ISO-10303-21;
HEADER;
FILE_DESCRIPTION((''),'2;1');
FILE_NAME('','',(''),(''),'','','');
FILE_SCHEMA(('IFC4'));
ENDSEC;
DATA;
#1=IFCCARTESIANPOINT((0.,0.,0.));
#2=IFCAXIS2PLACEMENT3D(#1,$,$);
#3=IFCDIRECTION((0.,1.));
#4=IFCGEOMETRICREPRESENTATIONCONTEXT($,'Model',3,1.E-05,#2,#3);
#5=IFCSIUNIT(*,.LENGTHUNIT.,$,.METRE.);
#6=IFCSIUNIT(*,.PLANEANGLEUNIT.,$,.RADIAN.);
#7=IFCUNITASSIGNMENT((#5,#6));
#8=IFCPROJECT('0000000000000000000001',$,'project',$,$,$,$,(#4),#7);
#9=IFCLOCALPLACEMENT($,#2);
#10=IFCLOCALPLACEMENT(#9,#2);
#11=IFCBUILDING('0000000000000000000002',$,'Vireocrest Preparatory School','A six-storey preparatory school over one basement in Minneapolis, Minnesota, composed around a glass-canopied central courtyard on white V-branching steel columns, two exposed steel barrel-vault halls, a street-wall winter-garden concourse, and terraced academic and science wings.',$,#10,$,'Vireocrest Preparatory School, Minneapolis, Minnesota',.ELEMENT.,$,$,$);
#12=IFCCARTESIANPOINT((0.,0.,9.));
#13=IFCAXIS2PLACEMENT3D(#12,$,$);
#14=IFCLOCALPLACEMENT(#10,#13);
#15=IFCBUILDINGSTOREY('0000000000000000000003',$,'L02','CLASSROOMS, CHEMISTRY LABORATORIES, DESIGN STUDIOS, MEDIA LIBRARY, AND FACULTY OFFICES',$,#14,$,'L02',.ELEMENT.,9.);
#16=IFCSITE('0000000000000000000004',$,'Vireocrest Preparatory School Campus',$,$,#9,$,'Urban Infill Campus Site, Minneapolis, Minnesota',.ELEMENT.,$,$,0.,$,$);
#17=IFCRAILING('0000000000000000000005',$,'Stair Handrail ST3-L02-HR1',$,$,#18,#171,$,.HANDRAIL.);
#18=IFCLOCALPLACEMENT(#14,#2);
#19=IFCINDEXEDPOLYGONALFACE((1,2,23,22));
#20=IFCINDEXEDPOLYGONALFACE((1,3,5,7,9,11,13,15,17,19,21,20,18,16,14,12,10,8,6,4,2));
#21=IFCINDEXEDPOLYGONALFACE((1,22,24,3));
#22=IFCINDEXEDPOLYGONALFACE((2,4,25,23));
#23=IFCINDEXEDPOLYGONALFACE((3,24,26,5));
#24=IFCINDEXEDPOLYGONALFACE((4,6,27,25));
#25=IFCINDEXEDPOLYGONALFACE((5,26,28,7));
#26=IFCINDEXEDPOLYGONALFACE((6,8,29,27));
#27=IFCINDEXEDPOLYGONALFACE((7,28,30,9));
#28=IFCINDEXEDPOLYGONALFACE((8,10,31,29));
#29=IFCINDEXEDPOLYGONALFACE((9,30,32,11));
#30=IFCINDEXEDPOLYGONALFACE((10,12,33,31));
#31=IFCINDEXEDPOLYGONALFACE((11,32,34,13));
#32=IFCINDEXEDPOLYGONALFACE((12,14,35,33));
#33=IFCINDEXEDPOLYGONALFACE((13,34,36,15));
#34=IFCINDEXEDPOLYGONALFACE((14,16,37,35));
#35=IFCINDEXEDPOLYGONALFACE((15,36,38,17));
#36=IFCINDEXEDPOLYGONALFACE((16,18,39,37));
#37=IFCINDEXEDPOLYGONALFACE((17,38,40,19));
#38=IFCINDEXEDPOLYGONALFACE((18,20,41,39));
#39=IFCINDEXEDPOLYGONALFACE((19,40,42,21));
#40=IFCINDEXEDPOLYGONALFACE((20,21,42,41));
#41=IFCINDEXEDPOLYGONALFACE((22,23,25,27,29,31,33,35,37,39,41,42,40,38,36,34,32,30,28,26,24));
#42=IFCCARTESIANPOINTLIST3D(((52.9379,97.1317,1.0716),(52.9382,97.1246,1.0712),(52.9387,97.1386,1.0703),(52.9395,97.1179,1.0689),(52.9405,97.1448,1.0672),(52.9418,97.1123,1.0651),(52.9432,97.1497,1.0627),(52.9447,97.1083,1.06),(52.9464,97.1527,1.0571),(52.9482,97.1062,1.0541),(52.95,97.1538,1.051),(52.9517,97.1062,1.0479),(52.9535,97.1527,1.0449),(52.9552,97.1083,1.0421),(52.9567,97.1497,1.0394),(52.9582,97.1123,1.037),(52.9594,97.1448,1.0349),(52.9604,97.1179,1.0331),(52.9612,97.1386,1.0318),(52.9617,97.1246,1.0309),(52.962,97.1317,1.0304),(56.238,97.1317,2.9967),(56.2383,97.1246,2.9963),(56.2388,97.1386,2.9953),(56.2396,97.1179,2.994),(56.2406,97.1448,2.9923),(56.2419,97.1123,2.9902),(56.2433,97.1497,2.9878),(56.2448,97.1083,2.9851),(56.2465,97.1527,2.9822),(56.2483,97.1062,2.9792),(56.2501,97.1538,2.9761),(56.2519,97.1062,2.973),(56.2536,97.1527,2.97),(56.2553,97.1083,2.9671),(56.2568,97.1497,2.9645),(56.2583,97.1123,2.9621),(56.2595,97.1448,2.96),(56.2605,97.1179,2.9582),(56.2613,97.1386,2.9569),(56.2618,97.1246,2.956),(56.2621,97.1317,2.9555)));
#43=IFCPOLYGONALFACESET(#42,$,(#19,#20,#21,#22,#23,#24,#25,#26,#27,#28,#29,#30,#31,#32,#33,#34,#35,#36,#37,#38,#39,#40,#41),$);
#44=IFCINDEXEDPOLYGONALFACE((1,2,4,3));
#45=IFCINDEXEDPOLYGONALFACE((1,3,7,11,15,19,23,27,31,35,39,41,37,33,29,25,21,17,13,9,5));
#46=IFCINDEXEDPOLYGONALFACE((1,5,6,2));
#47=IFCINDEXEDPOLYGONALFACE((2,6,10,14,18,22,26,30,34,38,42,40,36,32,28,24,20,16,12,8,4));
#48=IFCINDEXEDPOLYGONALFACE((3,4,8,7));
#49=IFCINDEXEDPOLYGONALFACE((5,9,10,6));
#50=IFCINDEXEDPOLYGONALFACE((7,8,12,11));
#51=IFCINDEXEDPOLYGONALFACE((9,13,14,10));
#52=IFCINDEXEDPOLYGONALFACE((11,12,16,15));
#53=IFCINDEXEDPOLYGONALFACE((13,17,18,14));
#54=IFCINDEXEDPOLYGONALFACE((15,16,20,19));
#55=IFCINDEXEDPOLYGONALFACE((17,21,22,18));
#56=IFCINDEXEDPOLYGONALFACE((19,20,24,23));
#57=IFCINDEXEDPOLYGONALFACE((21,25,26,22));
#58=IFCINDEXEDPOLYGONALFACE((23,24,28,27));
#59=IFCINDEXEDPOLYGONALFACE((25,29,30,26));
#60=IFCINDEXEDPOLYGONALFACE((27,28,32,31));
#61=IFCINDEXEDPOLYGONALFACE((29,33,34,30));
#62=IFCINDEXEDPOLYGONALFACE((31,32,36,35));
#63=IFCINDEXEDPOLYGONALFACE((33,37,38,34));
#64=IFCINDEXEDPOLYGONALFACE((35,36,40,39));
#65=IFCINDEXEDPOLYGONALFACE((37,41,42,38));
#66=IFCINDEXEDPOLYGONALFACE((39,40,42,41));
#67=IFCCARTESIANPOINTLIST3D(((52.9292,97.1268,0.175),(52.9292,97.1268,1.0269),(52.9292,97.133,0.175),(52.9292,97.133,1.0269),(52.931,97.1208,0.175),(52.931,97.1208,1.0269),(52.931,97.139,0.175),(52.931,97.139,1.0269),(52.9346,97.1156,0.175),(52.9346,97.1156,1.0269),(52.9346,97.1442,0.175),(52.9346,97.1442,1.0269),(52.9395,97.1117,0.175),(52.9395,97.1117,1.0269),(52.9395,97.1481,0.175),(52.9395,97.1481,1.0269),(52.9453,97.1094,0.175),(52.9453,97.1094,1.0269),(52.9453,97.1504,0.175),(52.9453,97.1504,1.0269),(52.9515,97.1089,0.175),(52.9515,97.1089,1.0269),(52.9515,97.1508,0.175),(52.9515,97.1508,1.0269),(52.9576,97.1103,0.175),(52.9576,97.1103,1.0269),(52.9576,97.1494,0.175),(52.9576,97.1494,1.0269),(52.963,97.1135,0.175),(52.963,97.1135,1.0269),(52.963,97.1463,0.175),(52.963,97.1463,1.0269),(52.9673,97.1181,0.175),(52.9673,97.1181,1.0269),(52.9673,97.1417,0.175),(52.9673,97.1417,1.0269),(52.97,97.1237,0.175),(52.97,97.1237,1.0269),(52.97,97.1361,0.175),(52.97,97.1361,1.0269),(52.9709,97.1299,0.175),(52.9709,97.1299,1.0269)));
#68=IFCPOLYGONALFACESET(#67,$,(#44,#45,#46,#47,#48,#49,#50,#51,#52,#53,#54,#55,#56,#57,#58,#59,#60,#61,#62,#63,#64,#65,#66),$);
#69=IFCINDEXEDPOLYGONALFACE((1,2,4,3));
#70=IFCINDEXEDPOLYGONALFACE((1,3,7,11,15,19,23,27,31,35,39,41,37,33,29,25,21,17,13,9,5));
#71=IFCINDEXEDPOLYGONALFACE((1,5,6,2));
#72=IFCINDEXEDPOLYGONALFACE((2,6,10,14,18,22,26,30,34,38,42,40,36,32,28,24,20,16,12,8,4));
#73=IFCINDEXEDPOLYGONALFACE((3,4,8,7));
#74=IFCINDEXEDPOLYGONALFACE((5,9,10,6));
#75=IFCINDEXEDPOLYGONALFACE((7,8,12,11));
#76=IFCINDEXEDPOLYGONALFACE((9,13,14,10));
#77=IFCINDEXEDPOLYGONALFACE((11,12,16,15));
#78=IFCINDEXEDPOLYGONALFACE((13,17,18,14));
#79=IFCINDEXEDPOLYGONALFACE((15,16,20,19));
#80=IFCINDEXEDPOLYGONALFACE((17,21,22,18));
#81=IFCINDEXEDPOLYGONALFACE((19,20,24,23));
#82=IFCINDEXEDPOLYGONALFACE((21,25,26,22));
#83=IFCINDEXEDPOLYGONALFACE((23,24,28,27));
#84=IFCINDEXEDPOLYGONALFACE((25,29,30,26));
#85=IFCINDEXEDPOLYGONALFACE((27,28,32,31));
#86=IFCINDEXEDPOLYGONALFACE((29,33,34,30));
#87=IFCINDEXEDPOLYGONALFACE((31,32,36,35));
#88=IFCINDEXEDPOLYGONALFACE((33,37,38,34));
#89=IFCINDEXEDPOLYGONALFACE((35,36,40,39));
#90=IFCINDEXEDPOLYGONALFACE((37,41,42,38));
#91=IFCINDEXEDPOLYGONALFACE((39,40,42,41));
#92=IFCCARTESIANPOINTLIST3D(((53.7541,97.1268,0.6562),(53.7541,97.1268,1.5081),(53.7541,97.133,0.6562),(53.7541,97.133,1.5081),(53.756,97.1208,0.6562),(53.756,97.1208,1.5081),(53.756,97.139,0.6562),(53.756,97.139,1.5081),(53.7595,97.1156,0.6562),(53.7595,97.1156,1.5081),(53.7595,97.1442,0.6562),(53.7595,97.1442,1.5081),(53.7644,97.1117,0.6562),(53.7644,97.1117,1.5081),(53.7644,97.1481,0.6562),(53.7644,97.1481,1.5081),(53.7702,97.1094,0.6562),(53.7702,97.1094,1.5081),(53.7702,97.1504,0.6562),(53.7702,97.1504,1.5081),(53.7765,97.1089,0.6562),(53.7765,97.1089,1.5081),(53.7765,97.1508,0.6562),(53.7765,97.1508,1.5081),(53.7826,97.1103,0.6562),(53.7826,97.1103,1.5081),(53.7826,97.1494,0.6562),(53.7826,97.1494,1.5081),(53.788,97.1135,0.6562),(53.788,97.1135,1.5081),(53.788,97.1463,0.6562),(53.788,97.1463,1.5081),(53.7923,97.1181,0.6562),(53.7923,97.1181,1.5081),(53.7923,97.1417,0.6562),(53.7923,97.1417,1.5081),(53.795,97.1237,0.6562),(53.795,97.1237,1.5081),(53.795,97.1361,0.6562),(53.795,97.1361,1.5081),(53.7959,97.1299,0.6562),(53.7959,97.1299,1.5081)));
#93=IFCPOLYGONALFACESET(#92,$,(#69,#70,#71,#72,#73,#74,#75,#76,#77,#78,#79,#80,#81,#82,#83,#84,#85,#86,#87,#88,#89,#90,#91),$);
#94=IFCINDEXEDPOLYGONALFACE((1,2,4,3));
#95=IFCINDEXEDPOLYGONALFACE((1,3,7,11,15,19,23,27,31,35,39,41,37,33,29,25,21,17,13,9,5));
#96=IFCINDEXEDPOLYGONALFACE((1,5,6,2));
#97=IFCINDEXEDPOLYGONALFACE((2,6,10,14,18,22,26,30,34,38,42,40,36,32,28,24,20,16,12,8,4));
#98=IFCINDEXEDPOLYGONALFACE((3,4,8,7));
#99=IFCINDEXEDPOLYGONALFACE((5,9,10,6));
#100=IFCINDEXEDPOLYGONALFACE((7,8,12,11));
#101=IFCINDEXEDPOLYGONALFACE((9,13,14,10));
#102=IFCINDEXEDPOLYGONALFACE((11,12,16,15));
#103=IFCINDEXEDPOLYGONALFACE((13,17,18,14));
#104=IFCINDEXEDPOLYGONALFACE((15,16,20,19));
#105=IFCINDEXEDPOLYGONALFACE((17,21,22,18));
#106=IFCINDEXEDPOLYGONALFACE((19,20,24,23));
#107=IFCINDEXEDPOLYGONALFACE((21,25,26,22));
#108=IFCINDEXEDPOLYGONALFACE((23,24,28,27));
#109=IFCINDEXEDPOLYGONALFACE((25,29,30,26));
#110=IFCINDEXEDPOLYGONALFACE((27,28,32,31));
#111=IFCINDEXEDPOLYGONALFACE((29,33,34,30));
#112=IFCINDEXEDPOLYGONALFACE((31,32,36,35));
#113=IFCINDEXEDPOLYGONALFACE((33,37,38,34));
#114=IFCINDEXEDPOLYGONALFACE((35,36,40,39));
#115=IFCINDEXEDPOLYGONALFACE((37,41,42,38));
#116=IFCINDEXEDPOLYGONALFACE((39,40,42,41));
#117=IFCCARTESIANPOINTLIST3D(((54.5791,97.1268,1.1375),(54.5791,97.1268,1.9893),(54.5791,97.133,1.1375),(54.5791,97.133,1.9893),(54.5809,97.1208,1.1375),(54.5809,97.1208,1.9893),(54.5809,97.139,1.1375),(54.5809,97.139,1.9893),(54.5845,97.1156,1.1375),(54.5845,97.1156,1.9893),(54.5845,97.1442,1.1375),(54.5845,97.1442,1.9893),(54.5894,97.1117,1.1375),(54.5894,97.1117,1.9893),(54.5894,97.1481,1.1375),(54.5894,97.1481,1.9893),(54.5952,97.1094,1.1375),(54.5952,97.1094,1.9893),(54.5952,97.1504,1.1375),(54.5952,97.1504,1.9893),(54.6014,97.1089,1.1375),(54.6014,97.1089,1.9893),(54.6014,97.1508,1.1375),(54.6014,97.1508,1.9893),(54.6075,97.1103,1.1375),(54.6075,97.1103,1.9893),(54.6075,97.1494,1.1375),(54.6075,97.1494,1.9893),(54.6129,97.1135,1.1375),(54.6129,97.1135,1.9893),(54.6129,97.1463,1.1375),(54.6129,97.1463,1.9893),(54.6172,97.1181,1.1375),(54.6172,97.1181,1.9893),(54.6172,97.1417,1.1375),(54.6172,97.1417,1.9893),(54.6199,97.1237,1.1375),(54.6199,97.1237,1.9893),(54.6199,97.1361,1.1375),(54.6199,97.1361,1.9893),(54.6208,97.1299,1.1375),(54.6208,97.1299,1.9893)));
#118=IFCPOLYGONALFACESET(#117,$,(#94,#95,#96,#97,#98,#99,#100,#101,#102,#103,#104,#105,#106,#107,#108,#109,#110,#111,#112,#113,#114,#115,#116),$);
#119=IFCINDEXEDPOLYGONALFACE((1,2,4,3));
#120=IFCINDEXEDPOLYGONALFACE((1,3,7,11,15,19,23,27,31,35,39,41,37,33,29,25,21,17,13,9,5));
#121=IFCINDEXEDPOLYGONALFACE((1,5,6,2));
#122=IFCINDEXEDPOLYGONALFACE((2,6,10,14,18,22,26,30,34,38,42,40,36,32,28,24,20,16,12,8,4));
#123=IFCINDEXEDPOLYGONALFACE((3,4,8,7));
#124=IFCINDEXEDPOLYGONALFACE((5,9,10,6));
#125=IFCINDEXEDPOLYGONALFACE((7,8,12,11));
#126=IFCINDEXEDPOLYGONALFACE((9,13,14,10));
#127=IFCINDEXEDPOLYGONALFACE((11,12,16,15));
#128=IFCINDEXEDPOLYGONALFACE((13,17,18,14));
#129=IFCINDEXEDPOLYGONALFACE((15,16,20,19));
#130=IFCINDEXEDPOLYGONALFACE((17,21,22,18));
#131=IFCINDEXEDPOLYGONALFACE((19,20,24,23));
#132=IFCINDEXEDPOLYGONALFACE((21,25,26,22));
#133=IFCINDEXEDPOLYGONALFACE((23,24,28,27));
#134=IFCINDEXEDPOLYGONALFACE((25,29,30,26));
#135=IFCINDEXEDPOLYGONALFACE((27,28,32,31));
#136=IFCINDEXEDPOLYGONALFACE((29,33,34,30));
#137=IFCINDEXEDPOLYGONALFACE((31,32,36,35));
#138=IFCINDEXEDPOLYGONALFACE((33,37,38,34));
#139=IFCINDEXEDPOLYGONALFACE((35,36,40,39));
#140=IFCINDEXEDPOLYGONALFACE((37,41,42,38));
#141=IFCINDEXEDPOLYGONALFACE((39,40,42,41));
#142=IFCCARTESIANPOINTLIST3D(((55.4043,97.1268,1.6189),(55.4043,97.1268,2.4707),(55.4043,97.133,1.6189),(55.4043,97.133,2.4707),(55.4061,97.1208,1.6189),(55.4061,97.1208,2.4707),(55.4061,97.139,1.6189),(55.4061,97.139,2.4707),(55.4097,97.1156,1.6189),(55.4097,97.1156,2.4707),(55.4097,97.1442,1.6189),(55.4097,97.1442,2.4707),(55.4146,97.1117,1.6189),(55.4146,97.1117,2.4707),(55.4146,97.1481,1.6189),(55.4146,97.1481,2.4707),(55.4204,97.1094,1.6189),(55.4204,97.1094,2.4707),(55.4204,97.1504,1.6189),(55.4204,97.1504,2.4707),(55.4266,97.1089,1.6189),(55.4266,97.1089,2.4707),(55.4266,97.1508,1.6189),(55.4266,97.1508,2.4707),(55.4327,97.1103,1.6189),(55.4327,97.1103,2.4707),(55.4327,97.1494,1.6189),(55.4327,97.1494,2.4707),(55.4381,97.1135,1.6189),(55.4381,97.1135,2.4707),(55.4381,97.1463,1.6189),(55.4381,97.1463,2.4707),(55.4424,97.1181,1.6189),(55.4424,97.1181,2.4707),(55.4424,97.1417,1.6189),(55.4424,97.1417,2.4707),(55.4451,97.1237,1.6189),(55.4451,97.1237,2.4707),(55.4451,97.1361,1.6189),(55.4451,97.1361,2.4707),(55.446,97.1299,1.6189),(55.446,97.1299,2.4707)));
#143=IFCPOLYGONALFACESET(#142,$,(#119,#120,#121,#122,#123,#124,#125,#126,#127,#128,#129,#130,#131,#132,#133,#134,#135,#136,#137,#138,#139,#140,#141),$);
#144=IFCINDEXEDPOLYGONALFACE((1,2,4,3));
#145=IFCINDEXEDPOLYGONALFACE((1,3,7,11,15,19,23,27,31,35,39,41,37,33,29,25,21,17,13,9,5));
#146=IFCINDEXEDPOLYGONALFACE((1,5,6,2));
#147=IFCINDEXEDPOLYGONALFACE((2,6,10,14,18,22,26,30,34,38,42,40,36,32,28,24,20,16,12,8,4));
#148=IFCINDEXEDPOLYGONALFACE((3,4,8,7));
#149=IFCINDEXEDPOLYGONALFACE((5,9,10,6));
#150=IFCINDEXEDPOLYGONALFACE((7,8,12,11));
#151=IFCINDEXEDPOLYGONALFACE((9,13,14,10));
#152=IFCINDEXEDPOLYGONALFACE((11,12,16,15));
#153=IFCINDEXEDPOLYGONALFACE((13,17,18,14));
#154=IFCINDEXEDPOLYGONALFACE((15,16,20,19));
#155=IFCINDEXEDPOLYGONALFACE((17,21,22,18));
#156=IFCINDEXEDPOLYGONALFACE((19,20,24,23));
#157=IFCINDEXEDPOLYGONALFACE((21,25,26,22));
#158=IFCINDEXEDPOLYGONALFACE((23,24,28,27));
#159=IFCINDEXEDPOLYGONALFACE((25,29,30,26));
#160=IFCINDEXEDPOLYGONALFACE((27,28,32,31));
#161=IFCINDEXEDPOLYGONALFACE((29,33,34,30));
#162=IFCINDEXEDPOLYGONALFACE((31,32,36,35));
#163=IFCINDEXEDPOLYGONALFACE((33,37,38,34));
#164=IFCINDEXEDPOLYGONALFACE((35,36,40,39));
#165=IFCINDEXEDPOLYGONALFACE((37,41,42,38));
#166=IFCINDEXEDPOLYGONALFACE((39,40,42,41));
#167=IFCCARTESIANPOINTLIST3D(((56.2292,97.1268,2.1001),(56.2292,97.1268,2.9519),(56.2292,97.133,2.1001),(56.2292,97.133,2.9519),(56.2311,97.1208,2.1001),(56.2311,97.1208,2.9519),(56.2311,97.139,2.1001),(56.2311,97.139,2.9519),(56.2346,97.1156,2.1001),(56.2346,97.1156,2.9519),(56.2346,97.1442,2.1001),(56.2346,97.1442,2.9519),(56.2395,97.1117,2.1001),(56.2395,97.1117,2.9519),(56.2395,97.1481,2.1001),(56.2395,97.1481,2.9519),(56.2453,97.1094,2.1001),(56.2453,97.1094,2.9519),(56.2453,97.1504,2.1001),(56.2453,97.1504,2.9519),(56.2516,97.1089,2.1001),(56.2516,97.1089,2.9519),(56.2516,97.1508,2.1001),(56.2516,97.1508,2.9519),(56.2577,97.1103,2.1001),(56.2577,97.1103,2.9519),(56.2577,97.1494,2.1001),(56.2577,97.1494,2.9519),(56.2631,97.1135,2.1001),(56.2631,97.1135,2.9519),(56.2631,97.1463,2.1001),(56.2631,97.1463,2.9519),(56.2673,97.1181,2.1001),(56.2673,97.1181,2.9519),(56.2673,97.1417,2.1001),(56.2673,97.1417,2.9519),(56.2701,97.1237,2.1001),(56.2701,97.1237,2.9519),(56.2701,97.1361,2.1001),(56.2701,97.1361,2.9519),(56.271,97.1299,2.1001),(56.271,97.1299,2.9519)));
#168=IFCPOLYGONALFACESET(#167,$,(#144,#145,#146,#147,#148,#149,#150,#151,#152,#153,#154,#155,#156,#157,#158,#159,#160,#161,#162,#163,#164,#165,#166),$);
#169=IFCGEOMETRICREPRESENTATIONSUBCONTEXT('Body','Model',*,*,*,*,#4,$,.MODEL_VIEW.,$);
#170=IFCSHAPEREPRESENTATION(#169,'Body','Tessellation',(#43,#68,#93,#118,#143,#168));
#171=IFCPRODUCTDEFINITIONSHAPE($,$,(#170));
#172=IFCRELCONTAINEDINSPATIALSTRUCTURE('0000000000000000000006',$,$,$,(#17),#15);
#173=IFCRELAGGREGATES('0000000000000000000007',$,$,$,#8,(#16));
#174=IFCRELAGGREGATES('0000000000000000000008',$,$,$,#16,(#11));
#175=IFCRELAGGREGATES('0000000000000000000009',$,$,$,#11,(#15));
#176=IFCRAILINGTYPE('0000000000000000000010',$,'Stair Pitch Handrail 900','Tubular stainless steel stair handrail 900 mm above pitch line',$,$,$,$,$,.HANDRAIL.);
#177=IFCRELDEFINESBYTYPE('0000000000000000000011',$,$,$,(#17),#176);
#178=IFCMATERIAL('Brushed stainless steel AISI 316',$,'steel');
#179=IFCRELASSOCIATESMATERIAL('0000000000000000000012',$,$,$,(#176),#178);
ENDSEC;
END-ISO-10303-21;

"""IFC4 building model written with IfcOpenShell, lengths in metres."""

from ifc_helpers import new_model, si_unit, direction, frame, origin, origin_2d, place, context, subcontext, project, spatial, circle, extrude, material, type_object, element, save


model = new_model("IFC4")

# Units and contexts
model_context = context("Model", 3, precision=1e-05, world=origin(), true_north=direction((0.0, 1.0)))
body_context = subcontext(model_context, "Body", "Model", "MODEL_VIEW")
ifc_project = project(units=[si_unit("LENGTHUNIT", "METRE"), si_unit("PLANEANGLEUNIT", "RADIAN")], contexts=[model_context])

# Site, building, storey
site_placement = place(None, origin())
site = spatial("IfcSite", under=ifc_project, at=site_placement, Name="Vireocrest Preparatory School Campus", LongName="Urban Infill Campus Site, Minneapolis, Minnesota", CompositionType="ELEMENT", RefElevation=0.0)
building_placement = place(site_placement, origin())
building = spatial("IfcBuilding", under=site, at=building_placement, Name="Vireocrest Preparatory School", Description="A six-storey preparatory school over one basement in Minneapolis, Minnesota, composed around a glass-canopied central courtyard on white V-branching steel columns, two exposed steel barrel-vault halls, a street-wall winter-garden concourse, and terraced academic and science wings.", LongName="Vireocrest Preparatory School, Minneapolis, Minnesota", CompositionType="ELEMENT")
storey_placement = place(building_placement, frame((0.0, 0.0, 9.0)))
storey = spatial("IfcBuildingStorey", under=building, at=storey_placement, Name="L02", Description="CLASSROOMS, CHEMISTRY LABORATORIES, DESIGN STUDIOS, MEDIA LIBRARY, AND FACULTY OFFICES", LongName="L02", CompositionType="ELEMENT", Elevation=9.0)

# Railing
ifc_material_1 = material(Name="Brushed stainless steel AISI 316", Category="steel")
railing_type_1 = type_object("IfcRailingType", Name="Stair Pitch Handrail 900", Description="Tubular stainless steel stair handrail 900 mm above pitch line", PredefinedType="HANDRAIL", material=ifc_material_1)
railing_1_placement = place(storey_placement, frame((52.95, 97.1299, 0.175)))
element("IfcRailing", 1, at=railing_1_placement, inside=storey, type_object=railing_type_1, Name="Stair Handrail ST3-L02-HR1", PredefinedType="HANDRAIL", context=body_context, shape_type="SweptSolid", body=[
    extrude(circle(Radius=0.0239, at=origin_2d()), frame((0.0, 0.0, 0.876), z_axis=(0.863777, 0.0, 0.503875), x_axis=(0.0, 1.0, 0.0)), (0.0, 0.0, 1.0), 3.8206),
    extrude(circle(Radius=0.021, at=origin_2d()), origin(), (0.0, 0.0, 1.0), 0.8518),
    extrude(circle(Radius=0.021, at=origin_2d()), frame((0.825, 0.0, 0.4812)), (0.0, 0.0, 1.0), 0.8518),
    extrude(circle(Radius=0.021, at=origin_2d()), frame((1.6499, 0.0, 0.9624)), (0.0, 0.0, 1.0), 0.8518),
    extrude(circle(Radius=0.021, at=origin_2d()), frame((2.4751, 0.0, 1.4438)), (0.0, 0.0, 1.0), 0.8518),
    extrude(circle(Radius=0.021, at=origin_2d()), frame((3.3, 0.0, 1.925)), (0.0, 0.0, 1.0), 0.8518),
])

save(model, "model.ifc")
